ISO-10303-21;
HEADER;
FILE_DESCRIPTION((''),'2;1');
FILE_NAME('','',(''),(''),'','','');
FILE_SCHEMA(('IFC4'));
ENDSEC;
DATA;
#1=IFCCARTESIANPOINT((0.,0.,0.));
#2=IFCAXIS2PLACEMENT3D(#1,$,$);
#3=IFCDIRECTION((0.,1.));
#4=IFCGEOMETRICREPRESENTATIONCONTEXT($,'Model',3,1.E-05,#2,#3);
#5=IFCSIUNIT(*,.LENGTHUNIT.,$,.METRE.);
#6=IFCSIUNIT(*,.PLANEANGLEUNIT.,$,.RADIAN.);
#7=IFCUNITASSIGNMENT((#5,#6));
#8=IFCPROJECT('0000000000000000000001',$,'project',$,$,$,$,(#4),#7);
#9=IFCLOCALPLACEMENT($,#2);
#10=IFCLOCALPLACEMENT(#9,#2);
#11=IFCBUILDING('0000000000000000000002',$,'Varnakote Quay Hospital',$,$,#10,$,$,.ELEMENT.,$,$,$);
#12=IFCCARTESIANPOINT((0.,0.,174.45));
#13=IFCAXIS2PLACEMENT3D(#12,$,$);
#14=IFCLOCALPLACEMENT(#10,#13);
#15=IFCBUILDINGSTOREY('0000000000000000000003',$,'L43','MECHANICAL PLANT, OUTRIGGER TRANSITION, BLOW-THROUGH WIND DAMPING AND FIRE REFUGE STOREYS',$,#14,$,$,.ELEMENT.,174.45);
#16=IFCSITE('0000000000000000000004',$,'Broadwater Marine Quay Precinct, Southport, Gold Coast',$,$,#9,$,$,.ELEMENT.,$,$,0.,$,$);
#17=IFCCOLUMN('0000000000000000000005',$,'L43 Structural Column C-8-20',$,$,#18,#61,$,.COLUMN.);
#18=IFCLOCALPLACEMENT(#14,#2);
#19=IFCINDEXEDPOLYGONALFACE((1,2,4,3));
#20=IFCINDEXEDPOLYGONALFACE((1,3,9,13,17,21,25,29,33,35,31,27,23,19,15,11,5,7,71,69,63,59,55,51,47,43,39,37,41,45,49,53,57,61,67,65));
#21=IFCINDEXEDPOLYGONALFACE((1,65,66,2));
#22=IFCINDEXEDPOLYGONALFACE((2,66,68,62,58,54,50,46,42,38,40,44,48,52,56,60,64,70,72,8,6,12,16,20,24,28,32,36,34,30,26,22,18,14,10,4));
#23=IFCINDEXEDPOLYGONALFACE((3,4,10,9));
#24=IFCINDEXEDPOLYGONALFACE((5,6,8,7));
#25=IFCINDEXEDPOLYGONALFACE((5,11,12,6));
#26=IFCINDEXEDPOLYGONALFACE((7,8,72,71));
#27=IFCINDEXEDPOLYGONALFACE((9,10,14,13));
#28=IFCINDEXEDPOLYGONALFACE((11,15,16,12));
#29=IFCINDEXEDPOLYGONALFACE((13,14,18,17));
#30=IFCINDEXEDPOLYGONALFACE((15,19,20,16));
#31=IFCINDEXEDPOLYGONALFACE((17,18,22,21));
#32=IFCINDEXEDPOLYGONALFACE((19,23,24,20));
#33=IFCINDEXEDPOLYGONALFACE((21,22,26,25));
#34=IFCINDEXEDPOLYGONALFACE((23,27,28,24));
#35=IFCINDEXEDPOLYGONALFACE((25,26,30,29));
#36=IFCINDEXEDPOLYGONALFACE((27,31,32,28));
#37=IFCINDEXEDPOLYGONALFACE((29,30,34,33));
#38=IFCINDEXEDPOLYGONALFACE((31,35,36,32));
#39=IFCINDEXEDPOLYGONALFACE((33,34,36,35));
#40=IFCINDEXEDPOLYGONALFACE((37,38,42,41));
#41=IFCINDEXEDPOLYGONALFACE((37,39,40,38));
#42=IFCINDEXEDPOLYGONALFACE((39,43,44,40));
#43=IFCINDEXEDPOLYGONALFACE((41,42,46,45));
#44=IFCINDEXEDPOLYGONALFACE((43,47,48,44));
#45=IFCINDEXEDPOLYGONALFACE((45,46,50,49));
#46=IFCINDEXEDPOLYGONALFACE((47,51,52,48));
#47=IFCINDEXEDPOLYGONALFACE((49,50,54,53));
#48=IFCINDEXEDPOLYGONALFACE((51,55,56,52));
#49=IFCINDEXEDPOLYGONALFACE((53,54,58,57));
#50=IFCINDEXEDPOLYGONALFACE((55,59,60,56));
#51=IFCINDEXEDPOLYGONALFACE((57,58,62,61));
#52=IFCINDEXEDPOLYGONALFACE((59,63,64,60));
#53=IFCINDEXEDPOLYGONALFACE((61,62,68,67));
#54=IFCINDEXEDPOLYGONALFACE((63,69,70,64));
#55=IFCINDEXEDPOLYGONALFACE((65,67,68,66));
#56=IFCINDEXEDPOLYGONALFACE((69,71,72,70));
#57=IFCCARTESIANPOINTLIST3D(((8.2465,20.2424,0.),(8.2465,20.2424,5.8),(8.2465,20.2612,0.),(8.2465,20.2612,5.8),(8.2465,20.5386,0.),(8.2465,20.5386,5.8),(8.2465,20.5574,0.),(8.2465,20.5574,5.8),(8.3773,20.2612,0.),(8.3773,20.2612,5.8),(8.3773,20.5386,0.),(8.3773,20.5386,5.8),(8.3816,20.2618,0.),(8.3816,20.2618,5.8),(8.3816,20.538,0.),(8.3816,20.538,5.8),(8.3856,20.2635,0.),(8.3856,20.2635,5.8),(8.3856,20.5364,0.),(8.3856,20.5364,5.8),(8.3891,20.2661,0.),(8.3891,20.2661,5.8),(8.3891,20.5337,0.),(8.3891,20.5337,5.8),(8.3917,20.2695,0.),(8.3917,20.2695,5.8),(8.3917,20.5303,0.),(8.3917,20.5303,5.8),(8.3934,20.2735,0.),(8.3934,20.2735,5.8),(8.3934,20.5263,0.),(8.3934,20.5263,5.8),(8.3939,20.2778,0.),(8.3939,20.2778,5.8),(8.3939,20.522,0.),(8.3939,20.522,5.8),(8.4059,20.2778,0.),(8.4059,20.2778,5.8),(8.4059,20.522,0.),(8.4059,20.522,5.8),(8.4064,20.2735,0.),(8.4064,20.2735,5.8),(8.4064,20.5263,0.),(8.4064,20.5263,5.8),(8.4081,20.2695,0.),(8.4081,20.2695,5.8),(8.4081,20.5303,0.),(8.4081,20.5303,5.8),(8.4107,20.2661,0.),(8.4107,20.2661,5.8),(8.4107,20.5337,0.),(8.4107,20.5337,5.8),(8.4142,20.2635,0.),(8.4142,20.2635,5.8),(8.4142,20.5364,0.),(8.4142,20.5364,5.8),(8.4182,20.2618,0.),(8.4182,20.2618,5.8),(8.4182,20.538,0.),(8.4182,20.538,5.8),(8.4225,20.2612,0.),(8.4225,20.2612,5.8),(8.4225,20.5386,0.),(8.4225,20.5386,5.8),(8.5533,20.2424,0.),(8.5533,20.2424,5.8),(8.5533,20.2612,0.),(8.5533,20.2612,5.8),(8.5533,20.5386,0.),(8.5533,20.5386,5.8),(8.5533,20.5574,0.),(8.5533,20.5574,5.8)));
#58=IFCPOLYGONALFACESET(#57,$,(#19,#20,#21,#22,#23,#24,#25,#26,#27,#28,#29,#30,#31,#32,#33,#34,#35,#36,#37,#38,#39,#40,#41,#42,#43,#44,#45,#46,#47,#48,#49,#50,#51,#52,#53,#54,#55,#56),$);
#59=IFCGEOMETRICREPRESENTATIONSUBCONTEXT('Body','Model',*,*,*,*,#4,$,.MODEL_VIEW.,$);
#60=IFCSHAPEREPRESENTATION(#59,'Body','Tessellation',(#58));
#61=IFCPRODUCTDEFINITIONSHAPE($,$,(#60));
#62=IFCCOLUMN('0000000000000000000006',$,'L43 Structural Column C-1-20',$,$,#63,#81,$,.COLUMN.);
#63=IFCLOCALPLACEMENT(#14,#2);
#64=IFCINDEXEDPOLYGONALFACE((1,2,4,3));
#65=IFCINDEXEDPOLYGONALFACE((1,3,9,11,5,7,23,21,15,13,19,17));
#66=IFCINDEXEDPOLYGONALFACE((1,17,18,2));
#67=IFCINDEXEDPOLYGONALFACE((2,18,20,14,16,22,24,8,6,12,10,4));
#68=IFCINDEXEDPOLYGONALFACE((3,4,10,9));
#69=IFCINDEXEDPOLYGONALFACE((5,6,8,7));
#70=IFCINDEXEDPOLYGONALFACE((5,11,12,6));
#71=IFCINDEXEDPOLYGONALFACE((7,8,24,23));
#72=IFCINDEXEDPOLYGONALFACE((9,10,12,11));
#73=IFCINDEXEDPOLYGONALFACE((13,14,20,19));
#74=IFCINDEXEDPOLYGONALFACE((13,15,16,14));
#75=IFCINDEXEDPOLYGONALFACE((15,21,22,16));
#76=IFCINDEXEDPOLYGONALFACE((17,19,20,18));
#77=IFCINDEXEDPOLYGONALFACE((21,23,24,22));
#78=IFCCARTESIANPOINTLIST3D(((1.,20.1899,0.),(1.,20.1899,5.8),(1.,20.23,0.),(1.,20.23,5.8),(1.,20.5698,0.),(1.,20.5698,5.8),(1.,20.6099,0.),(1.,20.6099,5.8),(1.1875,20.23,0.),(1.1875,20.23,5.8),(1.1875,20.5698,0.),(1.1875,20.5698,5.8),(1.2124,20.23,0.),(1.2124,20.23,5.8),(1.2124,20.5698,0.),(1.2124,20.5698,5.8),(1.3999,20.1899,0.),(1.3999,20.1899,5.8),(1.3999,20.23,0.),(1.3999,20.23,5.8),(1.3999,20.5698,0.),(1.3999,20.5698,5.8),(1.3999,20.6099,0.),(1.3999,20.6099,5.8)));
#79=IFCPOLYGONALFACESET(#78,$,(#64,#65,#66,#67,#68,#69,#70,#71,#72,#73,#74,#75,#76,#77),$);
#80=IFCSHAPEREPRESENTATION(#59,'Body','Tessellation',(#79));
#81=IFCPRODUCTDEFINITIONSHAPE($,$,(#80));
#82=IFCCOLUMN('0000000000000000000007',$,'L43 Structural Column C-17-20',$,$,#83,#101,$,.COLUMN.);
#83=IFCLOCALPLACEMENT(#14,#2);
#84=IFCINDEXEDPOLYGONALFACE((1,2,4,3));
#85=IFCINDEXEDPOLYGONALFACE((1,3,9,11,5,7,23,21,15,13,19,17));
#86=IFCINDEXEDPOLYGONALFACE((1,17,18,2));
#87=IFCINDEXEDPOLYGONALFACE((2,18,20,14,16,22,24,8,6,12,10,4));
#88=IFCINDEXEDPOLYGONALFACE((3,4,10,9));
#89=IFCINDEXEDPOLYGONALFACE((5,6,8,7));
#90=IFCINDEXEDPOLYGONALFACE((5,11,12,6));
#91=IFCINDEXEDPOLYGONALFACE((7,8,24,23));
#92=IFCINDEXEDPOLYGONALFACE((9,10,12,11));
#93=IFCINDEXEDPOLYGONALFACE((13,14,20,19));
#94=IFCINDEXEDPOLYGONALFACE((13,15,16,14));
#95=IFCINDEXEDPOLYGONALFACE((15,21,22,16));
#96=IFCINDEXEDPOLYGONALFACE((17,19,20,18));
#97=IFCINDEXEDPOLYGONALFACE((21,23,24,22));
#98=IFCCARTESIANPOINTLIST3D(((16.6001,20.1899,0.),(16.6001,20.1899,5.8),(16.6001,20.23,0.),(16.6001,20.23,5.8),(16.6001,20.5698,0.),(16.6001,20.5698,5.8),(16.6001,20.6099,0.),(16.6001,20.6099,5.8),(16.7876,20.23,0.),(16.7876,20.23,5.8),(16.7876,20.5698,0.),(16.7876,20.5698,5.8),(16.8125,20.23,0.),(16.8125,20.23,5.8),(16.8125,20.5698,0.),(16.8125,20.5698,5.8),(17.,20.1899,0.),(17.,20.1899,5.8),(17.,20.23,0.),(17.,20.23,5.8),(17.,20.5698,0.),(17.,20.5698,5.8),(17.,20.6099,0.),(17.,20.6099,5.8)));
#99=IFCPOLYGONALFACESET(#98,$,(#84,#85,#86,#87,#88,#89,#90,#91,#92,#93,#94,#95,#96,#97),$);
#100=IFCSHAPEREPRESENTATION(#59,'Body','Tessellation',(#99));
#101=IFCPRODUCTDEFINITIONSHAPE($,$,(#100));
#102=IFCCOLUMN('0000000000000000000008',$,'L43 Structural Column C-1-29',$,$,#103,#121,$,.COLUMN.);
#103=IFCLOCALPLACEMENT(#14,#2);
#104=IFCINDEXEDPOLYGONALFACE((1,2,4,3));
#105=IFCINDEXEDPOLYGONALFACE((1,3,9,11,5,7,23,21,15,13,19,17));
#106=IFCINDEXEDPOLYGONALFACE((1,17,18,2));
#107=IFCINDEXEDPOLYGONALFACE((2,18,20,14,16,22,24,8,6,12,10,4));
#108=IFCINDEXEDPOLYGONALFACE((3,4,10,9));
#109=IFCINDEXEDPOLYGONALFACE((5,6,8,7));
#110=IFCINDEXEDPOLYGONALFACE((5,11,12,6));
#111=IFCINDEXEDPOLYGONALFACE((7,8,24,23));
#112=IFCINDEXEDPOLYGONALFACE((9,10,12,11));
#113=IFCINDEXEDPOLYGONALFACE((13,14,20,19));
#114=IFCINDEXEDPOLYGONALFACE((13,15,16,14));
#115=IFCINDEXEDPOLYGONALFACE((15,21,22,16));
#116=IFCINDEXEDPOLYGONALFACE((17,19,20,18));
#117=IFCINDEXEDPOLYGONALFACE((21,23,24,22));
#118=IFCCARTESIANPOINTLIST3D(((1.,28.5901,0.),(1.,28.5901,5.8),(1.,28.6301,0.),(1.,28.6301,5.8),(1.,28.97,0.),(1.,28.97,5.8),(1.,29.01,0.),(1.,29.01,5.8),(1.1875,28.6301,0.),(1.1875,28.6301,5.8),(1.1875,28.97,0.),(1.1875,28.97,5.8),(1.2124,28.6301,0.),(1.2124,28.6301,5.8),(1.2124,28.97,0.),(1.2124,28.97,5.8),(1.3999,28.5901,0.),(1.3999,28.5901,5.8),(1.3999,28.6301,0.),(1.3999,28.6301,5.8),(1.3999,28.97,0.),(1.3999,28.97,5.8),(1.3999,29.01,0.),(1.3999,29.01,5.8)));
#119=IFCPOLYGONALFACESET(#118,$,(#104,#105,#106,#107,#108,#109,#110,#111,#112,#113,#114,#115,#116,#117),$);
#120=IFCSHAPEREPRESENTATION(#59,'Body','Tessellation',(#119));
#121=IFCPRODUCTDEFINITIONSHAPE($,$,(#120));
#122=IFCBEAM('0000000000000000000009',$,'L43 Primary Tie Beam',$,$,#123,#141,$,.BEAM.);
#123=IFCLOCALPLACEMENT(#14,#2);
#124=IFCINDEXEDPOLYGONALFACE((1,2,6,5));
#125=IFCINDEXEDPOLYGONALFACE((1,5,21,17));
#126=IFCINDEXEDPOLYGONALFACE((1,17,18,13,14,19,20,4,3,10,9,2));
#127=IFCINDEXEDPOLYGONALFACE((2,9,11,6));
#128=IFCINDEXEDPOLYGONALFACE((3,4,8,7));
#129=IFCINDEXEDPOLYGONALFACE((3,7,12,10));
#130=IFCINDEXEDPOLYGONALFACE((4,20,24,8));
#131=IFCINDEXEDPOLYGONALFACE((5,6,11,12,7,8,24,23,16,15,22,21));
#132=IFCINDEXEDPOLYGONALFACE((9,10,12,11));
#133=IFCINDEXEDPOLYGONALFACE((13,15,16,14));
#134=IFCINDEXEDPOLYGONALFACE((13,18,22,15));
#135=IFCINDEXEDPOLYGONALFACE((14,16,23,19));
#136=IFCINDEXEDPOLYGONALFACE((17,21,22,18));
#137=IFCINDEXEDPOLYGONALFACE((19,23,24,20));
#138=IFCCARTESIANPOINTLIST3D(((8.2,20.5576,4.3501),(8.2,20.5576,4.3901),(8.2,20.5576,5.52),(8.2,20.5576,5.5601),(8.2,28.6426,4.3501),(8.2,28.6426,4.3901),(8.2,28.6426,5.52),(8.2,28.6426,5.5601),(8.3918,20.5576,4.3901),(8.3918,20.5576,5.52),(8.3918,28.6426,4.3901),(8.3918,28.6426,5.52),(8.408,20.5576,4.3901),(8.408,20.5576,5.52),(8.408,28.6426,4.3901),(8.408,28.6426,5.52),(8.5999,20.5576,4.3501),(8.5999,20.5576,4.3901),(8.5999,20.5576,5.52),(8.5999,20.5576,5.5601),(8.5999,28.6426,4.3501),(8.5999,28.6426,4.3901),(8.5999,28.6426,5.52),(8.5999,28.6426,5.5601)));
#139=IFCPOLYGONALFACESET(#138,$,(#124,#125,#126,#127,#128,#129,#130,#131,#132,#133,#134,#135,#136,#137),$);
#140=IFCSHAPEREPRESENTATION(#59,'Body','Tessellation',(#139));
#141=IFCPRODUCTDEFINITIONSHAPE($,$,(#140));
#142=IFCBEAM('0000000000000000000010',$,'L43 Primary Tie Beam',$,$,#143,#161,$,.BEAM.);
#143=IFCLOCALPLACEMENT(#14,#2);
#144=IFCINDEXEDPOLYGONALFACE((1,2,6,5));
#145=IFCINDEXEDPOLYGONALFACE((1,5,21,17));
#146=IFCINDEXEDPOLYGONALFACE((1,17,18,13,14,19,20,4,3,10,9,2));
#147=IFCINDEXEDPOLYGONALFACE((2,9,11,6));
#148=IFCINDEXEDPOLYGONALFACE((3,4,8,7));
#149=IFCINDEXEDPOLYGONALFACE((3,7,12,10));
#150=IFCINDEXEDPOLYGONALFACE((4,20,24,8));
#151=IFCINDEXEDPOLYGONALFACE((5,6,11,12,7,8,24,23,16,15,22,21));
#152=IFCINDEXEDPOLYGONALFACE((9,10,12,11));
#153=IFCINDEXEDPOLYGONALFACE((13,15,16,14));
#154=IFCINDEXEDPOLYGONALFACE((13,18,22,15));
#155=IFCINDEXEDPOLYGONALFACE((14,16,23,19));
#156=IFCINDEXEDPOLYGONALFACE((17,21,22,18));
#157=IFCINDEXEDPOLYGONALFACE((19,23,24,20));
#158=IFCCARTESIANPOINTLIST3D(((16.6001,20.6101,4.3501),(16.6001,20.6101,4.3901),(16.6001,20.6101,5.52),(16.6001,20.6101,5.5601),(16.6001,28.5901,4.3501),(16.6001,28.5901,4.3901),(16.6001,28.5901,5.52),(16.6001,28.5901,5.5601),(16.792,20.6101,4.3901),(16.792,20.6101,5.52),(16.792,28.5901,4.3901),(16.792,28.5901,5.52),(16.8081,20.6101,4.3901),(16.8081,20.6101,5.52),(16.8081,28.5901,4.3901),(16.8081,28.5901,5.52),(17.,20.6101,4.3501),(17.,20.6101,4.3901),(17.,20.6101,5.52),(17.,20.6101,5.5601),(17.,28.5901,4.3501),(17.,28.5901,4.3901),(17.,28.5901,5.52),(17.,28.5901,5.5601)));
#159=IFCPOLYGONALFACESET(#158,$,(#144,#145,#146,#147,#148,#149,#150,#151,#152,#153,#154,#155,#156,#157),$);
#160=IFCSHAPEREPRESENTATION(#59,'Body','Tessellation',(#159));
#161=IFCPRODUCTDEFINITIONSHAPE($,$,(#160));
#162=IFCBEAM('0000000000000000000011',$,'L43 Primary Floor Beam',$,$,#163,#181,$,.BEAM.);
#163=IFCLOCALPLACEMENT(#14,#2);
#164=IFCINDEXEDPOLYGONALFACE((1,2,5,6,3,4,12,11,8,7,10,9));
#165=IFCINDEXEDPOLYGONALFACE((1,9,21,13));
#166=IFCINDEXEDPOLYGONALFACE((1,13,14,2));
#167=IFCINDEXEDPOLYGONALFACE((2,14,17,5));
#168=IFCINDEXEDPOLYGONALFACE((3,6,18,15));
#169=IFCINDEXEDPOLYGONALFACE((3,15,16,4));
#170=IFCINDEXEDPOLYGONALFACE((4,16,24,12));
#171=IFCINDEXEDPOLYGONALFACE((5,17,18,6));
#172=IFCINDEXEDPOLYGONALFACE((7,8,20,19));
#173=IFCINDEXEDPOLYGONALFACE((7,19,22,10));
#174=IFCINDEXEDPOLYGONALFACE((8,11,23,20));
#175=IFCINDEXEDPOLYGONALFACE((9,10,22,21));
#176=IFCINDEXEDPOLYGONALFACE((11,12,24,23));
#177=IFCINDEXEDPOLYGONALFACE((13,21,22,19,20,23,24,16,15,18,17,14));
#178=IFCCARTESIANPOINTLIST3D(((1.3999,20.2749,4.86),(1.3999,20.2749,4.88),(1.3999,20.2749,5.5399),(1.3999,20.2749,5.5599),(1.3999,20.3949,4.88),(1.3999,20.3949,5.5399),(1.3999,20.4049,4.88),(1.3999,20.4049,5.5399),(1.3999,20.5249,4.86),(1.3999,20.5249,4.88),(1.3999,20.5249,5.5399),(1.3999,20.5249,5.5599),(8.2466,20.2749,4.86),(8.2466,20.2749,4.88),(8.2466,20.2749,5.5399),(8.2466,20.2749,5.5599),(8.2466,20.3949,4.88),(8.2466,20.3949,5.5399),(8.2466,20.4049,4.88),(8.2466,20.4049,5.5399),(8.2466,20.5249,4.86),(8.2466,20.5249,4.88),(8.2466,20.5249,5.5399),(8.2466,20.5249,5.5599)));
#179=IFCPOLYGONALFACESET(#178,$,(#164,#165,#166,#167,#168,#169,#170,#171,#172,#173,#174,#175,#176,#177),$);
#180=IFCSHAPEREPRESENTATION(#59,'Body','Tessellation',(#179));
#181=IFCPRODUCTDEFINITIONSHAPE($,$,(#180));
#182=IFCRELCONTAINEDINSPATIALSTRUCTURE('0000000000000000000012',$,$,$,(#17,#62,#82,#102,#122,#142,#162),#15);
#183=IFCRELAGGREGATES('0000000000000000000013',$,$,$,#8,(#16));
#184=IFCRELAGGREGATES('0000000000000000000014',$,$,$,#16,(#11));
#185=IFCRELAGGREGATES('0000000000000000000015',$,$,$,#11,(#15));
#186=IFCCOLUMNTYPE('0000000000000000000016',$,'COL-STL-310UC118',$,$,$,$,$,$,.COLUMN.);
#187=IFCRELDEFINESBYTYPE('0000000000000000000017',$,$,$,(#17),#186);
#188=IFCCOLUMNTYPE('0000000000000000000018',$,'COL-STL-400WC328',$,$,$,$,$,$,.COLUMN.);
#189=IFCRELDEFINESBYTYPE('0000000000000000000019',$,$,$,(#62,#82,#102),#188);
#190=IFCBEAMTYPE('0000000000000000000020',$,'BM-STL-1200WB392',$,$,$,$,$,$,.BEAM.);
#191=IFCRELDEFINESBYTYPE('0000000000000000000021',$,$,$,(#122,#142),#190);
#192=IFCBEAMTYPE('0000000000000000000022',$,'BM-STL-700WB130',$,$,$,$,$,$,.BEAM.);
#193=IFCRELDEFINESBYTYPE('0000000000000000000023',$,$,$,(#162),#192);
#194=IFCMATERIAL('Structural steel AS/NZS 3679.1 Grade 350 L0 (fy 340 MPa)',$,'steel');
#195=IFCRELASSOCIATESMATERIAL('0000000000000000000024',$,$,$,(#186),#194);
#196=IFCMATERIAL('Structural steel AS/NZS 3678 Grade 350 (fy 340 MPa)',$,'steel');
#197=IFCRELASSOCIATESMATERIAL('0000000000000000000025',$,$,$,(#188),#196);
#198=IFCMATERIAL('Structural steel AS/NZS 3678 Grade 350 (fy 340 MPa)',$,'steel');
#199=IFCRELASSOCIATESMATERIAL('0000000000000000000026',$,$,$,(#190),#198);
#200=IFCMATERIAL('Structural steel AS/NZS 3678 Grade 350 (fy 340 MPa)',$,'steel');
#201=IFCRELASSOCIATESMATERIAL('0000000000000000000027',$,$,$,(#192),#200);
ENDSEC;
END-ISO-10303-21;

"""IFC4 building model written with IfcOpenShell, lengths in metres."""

from ifc_helpers import new_model, si_unit, direction, frame, origin, origin_2d, place, context, subcontext, project, spatial, i_section, extrude, material, material_profile, profile_set, type_object, element, save


model = new_model("IFC4")

# Units and contexts
model_context = context("Model", 3, precision=1e-05, world=origin(), true_north=direction((0.0, 1.0)))
body_context = subcontext(model_context, "Body", "Model", "MODEL_VIEW")
ifc_project = project(units=[si_unit("LENGTHUNIT", "METRE"), si_unit("PLANEANGLEUNIT", "RADIAN")], contexts=[model_context])

# Site, building, storey
site_placement = place(None, origin())
site = spatial("IfcSite", under=ifc_project, at=site_placement, Name="Broadwater Marine Quay Precinct, Southport, Gold Coast", CompositionType="ELEMENT", RefElevation=0.0)
building_placement = place(site_placement, origin())
building = spatial("IfcBuilding", under=site, at=building_placement, Name="Varnakote Quay Hospital", CompositionType="ELEMENT")
storey_placement = place(building_placement, frame((0.0, 0.0, 174.45)))
storey = spatial("IfcBuildingStorey", under=building, at=storey_placement, Name="L43", Description="MECHANICAL PLANT, OUTRIGGER TRANSITION, BLOW-THROUGH WIND DAMPING AND FIRE REFUGE STOREYS", CompositionType="ELEMENT", Elevation=174.45)

# Columns
ifc_material_1 = material(Name="Structural steel AS/NZS 3679.1 Grade 350 L0 (fy 340 MPa)", Category="steel")
ifc_material_profile_1 = material_profile(ifc_material_1, i_section(OverallWidth=0.3069, OverallDepth=0.3149, WebThickness=0.012, FlangeThickness=0.0188, FilletRadius=0.0166, at=origin_2d()), Name="310UC118")
ifc_profile_set_1 = profile_set([ifc_material_profile_1], Name="Structural steel AS/NZS 3679.1 Grade 350 L0 (fy 340 MPa)")
column_type_1 = type_object("IfcColumnType", Name="COL-STL-310UC118", PredefinedType="COLUMN", material=ifc_profile_set_1)
column_placement = place(storey_placement, frame((8.3999, 20.3999, 0.0), z_axis=(0.0, 0.0, 1.0), x_axis=(1.0, 0.0, 0.0)))
element("IfcColumn", 1, at=column_placement, inside=storey, type_object=column_type_1, Name="L43 Structural Column C-8-20", PredefinedType="COLUMN", context=body_context, shape_type="SweptSolid", body=[
    extrude(i_section(OverallWidth=0.3069, OverallDepth=0.3149, WebThickness=0.012, FlangeThickness=0.0188, FilletRadius=0.0166, at=origin_2d()), origin(), (0.0, 0.0, 1.0), 5.8),
])
ifc_material_2 = material(Name="Structural steel AS/NZS 3678 Grade 350 (fy 340 MPa)", Category="steel")
ifc_material_profile_2 = material_profile(ifc_material_2, i_section(OverallWidth=0.3999, OverallDepth=0.4199, WebThickness=0.0249, FlangeThickness=0.04, at=origin_2d()), Name="400WC328")
ifc_profile_set_2 = profile_set([ifc_material_profile_2], Name="Structural steel AS/NZS 3678 Grade 350 (fy 340 MPa)")
column_type_2 = type_object("IfcColumnType", Name="COL-STL-400WC328", PredefinedType="COLUMN", material=ifc_profile_set_2)
for number, where, z_axis, x_axis, name in (
    (2, (1.2, 20.3999, 0.0), (0.0, 0.0, 1.0), (1.0, 0.0, 0.0), "L43 Structural Column C-1-20"),
    (3, (16.8, 20.3999, 0.0), (0.0, 0.0, 1.0), (1.0, 0.0, 0.0), "L43 Structural Column C-17-20"),
    (4, (1.2, 28.8, 0.0), (0.0, 0.0, 1.0), (1.0, 0.0, 0.0), "L43 Structural Column C-1-29"),
):
    element("IfcColumn", number, at=place(storey_placement, frame(where, z_axis=z_axis, x_axis=x_axis)), inside=storey, type_object=column_type_2, Name=name, PredefinedType="COLUMN", context=body_context, shape_type="SweptSolid", body=[
        extrude(i_section(OverallWidth=0.3999, OverallDepth=0.4199, WebThickness=0.0249, FlangeThickness=0.04, at=origin_2d()), origin(), (0.0, 0.0, 1.0), 5.8),
    ])

# Beams
ifc_material_3 = material(Name="Structural steel AS/NZS 3678 Grade 350 (fy 340 MPa)", Category="steel")
ifc_material_profile_3 = material_profile(ifc_material_3, i_section(OverallWidth=0.3999, OverallDepth=1.21, WebThickness=0.0161, FlangeThickness=0.04, at=origin_2d()), Name="1200WB392")
ifc_profile_set_3 = profile_set([ifc_material_profile_3], Name="Structural steel AS/NZS 3678 Grade 350 (fy 340 MPa)")
beam_type_1 = type_object("IfcBeamType", Name="BM-STL-1200WB392", PredefinedType="BEAM", material=ifc_profile_set_3)
beam_1_placement = place(storey_placement, frame((8.3999, 20.5576, 4.9551), z_axis=(0.0, 1.0, 0.0), x_axis=(-1.0, 0.0, 0.0)))
element("IfcBeam", 5, at=beam_1_placement, inside=storey, type_object=beam_type_1, Name="L43 Primary Tie Beam", PredefinedType="BEAM", context=body_context, shape_type="SweptSolid", body=[
    extrude(i_section(OverallWidth=0.3999, OverallDepth=1.21, WebThickness=0.0161, FlangeThickness=0.04, at=origin_2d()), origin(), (0.0, 0.0, 1.0), 8.085),
])
beam_2_placement = place(storey_placement, frame((16.8, 20.6101, 4.9551), z_axis=(0.0, 1.0, 0.0), x_axis=(-1.0, 0.0, 0.0)))
element("IfcBeam", 6, at=beam_2_placement, inside=storey, type_object=beam_type_1, Name="L43 Primary Tie Beam", PredefinedType="BEAM", context=body_context, shape_type="SweptSolid", body=[
    extrude(i_section(OverallWidth=0.3999, OverallDepth=1.21, WebThickness=0.0161, FlangeThickness=0.04, at=origin_2d()), origin(), (0.0, 0.0, 1.0), 7.98),
])
ifc_material_4 = material(Name="Structural steel AS/NZS 3678 Grade 350 (fy 340 MPa)", Category="steel")
ifc_material_profile_4 = material_profile(ifc_material_4, i_section(OverallWidth=0.25, OverallDepth=0.7, WebThickness=0.01, FlangeThickness=0.02, at=origin_2d()), Name="700WB130")
ifc_profile_set_4 = profile_set([ifc_material_profile_4], Name="Structural steel AS/NZS 3678 Grade 350 (fy 340 MPa)")
beam_type_2 = type_object("IfcBeamType", Name="BM-STL-700WB130", PredefinedType="BEAM", material=ifc_profile_set_4)
beam_3_placement = place(storey_placement, frame((1.3999, 20.3999, 5.21), z_axis=(1.0, 0.0, 0.0), x_axis=(0.0, 1.0, 0.0)))
element("IfcBeam", 7, at=beam_3_placement, inside=storey, type_object=beam_type_2, Name="L43 Primary Floor Beam", PredefinedType="BEAM", context=body_context, shape_type="SweptSolid", body=[
    extrude(i_section(OverallWidth=0.25, OverallDepth=0.7, WebThickness=0.01, FlangeThickness=0.02, at=origin_2d()), origin(), (0.0, 0.0, 1.0), 6.8467),
])

save(model, "model.ifc")
